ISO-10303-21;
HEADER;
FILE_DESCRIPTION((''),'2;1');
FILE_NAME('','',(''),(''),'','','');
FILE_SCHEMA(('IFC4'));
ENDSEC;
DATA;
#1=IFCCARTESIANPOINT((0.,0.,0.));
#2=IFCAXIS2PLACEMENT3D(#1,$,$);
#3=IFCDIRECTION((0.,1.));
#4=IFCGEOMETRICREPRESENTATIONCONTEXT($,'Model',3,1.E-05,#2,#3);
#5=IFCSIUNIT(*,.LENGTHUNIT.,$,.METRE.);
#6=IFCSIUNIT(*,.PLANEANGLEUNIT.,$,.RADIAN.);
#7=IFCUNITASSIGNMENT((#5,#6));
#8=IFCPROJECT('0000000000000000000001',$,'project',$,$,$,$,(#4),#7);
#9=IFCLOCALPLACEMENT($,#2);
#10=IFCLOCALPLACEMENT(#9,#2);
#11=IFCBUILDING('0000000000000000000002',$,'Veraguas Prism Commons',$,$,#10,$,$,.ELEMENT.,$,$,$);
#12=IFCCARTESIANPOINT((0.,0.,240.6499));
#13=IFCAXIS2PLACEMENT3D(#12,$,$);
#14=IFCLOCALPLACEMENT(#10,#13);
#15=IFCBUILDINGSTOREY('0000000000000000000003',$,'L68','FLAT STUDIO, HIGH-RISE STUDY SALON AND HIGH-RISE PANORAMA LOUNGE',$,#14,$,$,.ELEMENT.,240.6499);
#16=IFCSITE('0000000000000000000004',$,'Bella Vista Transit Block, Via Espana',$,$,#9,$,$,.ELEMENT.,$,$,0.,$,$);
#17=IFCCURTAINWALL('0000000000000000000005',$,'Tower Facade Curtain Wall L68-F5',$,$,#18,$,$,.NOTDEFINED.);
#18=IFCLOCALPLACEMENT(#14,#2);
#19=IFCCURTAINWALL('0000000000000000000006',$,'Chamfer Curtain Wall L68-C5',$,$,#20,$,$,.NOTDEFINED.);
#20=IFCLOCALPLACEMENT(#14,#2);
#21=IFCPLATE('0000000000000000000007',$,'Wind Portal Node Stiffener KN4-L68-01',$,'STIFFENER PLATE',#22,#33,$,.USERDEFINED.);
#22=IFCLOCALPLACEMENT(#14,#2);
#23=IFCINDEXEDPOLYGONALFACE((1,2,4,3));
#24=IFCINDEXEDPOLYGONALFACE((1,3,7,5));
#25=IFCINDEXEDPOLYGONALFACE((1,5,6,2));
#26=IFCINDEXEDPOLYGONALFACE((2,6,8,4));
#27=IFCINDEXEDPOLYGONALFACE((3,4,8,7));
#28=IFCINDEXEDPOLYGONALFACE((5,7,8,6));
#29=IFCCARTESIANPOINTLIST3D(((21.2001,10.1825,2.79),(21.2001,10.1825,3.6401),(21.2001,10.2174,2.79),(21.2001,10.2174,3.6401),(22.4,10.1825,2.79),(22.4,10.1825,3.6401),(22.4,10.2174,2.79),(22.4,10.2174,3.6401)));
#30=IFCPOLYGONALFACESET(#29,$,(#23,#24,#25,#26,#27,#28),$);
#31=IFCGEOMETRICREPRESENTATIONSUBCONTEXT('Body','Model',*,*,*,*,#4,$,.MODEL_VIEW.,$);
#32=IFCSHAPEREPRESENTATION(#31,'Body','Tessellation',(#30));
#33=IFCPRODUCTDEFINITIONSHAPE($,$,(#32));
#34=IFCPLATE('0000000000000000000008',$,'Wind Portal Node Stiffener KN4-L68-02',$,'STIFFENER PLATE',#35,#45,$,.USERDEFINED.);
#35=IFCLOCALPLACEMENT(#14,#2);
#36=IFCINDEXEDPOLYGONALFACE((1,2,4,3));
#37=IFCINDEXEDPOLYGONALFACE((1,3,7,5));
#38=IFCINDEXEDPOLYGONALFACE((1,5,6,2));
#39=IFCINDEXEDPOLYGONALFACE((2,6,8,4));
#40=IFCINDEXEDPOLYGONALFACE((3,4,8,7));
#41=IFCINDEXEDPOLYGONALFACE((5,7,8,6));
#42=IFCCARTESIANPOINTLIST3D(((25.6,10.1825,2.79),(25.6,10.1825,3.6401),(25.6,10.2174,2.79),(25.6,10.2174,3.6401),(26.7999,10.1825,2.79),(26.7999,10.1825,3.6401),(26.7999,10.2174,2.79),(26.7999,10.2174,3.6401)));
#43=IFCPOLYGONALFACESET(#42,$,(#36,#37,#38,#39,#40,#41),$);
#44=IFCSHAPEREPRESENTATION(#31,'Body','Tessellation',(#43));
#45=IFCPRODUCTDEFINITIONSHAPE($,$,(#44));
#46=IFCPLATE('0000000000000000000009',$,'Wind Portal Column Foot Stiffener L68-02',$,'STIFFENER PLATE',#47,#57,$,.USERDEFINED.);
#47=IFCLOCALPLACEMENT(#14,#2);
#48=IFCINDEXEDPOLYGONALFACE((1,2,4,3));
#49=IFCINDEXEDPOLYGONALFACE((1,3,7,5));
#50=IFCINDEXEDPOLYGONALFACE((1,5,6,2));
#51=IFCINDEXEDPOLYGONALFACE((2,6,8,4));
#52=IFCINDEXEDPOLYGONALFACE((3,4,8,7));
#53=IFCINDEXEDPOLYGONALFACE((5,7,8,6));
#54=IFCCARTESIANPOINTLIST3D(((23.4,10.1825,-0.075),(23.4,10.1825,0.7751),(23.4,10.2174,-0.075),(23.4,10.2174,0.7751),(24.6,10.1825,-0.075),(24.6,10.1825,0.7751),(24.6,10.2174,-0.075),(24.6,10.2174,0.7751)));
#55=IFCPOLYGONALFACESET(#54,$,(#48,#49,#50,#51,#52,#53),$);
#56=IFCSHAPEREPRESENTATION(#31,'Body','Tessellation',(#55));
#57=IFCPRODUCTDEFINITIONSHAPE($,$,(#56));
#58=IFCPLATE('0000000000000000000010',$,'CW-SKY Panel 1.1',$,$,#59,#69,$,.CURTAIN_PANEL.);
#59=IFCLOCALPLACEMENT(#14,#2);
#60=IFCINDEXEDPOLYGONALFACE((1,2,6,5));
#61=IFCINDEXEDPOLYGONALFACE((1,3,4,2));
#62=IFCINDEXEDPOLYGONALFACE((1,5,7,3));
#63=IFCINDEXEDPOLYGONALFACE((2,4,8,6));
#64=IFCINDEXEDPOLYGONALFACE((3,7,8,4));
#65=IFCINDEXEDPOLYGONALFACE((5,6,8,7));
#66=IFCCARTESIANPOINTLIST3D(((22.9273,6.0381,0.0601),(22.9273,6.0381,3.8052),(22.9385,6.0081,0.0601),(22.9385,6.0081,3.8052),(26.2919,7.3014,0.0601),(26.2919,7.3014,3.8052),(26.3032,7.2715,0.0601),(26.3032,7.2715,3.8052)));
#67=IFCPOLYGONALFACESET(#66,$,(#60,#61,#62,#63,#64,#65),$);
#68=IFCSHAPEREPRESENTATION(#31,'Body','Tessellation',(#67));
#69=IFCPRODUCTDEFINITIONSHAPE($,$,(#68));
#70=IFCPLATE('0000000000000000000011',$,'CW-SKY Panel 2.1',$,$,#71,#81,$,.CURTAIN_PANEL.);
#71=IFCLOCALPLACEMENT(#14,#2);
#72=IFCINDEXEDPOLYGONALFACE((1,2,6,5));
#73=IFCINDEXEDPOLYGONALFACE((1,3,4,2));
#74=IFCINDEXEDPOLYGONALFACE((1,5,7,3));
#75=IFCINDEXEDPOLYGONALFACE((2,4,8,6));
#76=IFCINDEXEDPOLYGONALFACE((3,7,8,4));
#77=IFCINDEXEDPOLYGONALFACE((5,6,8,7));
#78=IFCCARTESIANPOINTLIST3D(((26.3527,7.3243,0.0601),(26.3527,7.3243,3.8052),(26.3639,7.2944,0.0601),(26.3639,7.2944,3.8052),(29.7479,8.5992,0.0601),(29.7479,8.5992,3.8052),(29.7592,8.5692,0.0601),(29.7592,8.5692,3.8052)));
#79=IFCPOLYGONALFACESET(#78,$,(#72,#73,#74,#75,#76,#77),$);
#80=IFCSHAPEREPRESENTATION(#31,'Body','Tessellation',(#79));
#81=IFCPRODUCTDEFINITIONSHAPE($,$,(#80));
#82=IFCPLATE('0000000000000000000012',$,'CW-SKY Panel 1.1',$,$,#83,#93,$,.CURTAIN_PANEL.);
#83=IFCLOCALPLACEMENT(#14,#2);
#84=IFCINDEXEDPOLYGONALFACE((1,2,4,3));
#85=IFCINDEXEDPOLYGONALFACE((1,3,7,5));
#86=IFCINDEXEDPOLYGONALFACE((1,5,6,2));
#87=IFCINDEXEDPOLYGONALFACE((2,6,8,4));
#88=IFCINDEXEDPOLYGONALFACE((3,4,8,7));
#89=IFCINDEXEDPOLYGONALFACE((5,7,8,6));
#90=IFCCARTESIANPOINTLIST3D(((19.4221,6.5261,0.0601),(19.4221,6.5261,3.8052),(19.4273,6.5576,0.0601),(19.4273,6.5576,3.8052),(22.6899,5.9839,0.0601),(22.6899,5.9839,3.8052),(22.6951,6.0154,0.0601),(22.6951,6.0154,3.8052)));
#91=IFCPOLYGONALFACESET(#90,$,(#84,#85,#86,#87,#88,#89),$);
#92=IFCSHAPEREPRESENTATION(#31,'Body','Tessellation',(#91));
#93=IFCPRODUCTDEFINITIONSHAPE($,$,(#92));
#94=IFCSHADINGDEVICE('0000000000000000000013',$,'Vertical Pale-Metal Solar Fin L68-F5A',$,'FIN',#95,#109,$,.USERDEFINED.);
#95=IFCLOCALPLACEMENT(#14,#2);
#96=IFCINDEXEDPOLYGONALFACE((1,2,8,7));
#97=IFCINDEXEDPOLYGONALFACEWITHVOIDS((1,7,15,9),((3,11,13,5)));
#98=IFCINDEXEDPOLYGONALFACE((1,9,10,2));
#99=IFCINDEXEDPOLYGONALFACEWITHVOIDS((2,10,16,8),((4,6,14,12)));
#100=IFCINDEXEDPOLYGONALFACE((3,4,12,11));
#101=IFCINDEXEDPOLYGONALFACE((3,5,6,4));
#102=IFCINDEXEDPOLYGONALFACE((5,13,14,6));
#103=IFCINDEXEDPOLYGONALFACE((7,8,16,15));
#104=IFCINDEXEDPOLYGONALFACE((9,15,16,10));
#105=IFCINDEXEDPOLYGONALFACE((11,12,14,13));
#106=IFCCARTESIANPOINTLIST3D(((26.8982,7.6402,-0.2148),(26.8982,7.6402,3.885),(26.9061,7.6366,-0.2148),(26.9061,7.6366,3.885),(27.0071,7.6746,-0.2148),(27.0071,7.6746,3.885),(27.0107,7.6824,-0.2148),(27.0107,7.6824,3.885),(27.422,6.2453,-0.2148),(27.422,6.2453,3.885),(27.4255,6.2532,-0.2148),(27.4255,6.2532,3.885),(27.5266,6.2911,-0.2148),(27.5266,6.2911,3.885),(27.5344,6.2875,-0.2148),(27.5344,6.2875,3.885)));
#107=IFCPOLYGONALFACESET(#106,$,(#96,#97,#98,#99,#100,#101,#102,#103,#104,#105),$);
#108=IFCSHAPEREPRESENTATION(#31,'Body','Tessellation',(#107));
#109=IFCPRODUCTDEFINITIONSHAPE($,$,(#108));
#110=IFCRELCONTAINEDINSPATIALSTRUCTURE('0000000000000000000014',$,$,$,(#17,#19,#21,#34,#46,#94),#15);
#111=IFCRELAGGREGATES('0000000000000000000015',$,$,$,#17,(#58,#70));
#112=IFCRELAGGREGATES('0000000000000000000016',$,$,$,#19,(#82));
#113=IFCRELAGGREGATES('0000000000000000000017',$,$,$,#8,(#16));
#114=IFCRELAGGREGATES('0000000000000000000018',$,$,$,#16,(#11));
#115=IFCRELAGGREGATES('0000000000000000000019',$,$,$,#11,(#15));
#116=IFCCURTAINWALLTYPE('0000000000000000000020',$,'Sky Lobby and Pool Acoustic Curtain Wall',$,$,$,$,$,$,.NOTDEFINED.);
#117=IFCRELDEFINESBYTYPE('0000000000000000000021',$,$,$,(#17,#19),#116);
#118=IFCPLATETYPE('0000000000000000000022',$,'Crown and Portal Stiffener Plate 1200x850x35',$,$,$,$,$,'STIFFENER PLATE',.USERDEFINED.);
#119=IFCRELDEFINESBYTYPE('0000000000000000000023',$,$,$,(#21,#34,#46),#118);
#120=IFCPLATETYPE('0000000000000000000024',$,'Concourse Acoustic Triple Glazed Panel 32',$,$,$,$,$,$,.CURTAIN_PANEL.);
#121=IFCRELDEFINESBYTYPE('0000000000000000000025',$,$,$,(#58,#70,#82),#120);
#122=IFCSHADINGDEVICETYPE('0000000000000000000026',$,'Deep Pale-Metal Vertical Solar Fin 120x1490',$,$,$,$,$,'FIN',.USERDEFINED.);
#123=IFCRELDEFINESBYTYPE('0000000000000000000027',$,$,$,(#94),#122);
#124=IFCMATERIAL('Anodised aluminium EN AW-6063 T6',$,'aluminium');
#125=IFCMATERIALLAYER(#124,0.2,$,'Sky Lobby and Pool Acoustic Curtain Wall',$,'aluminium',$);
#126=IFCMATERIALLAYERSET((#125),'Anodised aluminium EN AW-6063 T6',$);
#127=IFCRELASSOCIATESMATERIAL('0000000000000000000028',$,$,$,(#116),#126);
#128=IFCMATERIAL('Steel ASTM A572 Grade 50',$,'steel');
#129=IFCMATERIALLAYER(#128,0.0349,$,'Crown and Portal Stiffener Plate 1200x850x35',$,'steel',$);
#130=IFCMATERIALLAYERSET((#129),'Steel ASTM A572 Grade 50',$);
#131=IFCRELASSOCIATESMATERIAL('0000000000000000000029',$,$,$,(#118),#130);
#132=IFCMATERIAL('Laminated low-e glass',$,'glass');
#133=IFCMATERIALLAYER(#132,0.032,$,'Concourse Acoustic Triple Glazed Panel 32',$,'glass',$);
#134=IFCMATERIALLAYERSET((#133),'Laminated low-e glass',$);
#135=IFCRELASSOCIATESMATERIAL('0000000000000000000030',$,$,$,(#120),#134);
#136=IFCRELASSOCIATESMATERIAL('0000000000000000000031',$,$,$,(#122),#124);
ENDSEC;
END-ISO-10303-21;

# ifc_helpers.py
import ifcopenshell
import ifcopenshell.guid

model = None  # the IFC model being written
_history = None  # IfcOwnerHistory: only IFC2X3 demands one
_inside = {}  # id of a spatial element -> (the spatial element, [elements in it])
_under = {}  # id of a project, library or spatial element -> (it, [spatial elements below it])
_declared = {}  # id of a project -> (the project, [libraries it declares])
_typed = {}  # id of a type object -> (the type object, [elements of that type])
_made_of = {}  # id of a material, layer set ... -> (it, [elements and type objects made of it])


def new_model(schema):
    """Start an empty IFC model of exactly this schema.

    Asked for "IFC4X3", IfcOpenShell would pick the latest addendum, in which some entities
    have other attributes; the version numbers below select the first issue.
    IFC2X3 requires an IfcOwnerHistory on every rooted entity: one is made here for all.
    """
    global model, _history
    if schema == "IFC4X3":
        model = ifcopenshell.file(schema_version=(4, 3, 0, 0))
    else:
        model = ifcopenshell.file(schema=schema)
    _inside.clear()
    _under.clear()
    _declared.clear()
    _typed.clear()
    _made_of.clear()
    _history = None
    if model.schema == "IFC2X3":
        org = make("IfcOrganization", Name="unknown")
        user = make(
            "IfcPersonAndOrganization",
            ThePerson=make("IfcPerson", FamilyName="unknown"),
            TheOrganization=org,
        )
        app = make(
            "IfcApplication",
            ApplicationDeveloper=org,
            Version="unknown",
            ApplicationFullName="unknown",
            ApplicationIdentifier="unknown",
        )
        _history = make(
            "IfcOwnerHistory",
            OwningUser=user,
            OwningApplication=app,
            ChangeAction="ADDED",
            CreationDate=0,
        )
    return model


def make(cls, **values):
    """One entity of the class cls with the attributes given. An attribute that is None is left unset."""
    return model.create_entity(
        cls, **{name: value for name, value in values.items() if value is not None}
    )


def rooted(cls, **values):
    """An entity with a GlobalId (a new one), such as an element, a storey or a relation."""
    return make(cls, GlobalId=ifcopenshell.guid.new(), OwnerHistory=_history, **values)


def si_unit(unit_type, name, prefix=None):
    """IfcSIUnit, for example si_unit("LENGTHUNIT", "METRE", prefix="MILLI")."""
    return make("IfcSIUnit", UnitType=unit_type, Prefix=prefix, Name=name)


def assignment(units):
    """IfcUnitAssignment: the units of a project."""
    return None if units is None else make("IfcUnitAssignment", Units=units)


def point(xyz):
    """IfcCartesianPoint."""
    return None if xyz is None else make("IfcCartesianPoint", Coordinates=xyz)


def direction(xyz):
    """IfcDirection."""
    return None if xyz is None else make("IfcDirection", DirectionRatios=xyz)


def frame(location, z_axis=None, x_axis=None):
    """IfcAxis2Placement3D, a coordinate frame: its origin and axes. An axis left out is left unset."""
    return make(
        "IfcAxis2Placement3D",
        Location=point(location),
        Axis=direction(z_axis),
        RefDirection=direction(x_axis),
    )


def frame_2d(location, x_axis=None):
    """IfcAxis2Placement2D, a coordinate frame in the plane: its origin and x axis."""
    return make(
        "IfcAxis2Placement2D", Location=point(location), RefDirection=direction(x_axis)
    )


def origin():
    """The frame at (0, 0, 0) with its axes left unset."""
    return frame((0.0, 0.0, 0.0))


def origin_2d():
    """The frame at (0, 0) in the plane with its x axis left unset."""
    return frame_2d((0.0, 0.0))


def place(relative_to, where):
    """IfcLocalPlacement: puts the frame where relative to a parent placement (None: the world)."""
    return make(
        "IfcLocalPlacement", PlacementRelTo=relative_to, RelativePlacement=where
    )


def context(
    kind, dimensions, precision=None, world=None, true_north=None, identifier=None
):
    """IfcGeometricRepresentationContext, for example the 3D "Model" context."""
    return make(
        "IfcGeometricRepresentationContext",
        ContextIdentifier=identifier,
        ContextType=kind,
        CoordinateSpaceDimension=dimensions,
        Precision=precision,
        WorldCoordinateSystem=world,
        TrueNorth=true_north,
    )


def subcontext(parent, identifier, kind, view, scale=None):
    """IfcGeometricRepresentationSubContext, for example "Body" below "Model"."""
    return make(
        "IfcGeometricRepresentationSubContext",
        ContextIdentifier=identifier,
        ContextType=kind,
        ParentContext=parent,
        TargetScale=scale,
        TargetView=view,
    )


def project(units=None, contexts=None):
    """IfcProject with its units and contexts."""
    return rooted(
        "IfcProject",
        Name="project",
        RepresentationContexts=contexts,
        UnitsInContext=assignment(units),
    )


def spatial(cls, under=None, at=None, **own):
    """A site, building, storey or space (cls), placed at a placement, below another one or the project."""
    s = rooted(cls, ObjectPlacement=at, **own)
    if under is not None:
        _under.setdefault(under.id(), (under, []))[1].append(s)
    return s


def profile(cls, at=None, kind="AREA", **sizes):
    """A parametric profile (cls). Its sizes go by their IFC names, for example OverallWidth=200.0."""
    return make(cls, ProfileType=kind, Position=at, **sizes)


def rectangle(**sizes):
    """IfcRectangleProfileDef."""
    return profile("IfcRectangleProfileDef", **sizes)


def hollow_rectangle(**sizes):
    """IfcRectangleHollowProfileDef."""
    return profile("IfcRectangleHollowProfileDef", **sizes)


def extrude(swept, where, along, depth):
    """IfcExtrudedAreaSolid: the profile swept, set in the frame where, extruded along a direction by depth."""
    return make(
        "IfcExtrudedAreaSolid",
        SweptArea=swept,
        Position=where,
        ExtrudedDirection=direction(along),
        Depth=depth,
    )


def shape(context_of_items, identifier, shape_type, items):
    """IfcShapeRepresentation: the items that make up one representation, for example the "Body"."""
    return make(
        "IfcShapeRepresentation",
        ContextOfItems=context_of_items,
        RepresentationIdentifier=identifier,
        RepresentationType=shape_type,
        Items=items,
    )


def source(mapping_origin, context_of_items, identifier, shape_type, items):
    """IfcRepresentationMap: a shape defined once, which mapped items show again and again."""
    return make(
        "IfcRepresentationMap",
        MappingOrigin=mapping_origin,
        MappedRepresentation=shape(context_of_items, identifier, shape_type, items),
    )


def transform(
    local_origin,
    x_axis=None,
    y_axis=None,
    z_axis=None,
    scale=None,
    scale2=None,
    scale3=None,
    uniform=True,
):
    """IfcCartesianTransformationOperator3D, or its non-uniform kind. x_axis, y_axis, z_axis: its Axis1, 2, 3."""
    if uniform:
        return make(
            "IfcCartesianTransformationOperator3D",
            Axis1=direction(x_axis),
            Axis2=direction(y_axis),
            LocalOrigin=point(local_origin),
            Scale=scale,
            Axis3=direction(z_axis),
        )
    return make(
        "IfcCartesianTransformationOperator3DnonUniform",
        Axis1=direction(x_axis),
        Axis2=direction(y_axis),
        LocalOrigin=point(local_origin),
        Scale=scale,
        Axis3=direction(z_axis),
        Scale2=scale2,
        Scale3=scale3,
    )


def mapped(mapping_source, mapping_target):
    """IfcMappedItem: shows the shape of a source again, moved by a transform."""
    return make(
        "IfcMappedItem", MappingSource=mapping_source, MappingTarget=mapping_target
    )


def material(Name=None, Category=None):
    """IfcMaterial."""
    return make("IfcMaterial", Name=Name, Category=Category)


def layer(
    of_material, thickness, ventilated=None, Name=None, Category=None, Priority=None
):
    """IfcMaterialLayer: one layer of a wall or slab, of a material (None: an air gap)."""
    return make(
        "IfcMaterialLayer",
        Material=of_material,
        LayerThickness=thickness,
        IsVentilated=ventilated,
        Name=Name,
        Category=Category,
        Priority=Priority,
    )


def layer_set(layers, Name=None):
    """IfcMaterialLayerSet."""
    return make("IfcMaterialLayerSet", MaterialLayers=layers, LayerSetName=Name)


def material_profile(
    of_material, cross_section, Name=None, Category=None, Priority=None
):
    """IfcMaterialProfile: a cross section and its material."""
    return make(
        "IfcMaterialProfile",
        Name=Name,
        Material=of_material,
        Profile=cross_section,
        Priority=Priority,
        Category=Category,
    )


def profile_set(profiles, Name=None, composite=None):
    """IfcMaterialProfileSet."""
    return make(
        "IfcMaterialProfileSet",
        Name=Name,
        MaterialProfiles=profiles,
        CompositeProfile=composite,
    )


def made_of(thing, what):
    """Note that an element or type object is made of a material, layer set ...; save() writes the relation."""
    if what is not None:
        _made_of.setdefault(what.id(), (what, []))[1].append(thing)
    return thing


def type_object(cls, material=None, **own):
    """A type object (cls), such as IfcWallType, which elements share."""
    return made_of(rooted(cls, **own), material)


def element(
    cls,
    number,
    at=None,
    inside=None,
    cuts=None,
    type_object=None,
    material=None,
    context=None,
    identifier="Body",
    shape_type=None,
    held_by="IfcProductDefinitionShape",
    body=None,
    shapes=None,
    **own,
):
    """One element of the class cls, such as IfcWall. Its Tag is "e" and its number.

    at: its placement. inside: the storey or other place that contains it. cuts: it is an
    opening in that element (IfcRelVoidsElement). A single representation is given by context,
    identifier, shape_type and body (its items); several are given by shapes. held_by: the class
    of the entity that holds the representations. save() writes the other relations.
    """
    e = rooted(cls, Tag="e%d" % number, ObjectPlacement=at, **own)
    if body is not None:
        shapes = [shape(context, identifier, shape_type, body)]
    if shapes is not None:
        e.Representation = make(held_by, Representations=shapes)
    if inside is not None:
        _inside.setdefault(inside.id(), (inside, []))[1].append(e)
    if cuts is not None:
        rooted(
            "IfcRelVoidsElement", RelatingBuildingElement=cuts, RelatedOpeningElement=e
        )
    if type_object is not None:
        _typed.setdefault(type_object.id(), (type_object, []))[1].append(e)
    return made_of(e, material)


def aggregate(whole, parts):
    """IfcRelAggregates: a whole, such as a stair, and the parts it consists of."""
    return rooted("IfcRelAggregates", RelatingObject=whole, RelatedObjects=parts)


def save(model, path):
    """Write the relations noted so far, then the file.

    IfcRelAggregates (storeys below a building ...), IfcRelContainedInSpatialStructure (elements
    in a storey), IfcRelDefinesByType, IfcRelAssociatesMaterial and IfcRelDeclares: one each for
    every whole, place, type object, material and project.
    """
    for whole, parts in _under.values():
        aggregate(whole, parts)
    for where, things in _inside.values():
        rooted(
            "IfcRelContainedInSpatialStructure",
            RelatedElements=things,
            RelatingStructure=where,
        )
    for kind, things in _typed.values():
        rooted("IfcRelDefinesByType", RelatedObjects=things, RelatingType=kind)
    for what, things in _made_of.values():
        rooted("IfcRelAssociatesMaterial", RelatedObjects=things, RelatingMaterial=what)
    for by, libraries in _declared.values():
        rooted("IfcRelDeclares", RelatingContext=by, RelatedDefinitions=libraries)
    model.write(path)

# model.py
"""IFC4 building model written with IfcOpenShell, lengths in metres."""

from ifc_helpers import new_model, si_unit, direction, frame, origin, origin_2d, place, context, subcontext, project, spatial, rectangle, hollow_rectangle, extrude, source, transform, mapped, material, layer, layer_set, material_profile, profile_set, type_object, element, aggregate, save


model = new_model("IFC4")

# Units and contexts
model_context = context("Model", 3, precision=1e-05, world=origin(), true_north=direction((0.0, 1.0)))
body_context = subcontext(model_context, "Body", "Model", "MODEL_VIEW")
ifc_project = project(units=[si_unit("LENGTHUNIT", "METRE"), si_unit("PLANEANGLEUNIT", "RADIAN")], contexts=[model_context])

# Site, building, storey
site_placement = place(None, origin())
site = spatial("IfcSite", under=ifc_project, at=site_placement, Name="Bella Vista Transit Block, Via Espana", CompositionType="ELEMENT", RefElevation=0.0)
building_placement = place(site_placement, origin())
building = spatial("IfcBuilding", under=site, at=building_placement, Name="Veraguas Prism Commons", CompositionType="ELEMENT")
storey_placement = place(building_placement, frame((0.0, 0.0, 240.6499)))
storey = spatial("IfcBuildingStorey", under=building, at=storey_placement, Name="L68", Description="FLAT STUDIO, HIGH-RISE STUDY SALON AND HIGH-RISE PANORAMA LOUNGE", CompositionType="ELEMENT", Elevation=240.6499)

# Curtain wall
ifc_material_1 = material(Name="Anodised aluminium EN AW-6063 T6", Category="aluminium")
ifc_layer_1 = layer(ifc_material_1, 0.2, Name="Sky Lobby and Pool Acoustic Curtain Wall", Category="aluminium")
ifc_layer_set_1 = layer_set([ifc_layer_1], Name="Anodised aluminium EN AW-6063 T6")
curtain_wall_type = type_object("IfcCurtainWallType", Name="Sky Lobby and Pool Acoustic Curtain Wall", PredefinedType="NOTDEFINED", material=ifc_layer_set_1)
curtain_wall_1_placement = place(storey_placement, origin())
curtain_wall_1 = element("IfcCurtainWall", 1, at=curtain_wall_1_placement, inside=storey, type_object=curtain_wall_type, Name="Tower Facade Curtain Wall L68-F5", PredefinedType="NOTDEFINED")

# Curtain wall
curtain_wall_2_placement = place(storey_placement, origin())
curtain_wall_2 = element("IfcCurtainWall", 2, at=curtain_wall_2_placement, inside=storey, type_object=curtain_wall_type, Name="Chamfer Curtain Wall L68-C5", PredefinedType="NOTDEFINED")

# Plates
ifc_material_2 = material(Name="Steel ASTM A572 Grade 50", Category="steel")
ifc_layer_2 = layer(ifc_material_2, 0.0349, Name="Crown and Portal Stiffener Plate 1200x850x35", Category="steel")
ifc_layer_set_2 = layer_set([ifc_layer_2], Name="Steel ASTM A572 Grade 50")
plate_type_1 = type_object("IfcPlateType", Name="Crown and Portal Stiffener Plate 1200x850x35", ElementType="STIFFENER PLATE", PredefinedType="USERDEFINED", material=ifc_layer_set_2)
shared_shape_1 = source(origin(), body_context, "Body", "SweptSolid", [
    extrude(rectangle(XDim=1.2, YDim=0.0349, at=origin_2d()), origin(), (0.0, 0.0, 1.0), 0.8501),
])
for number, where, z_axis, x_axis, name in (
    (3, (21.8, 10.2, 2.79), (0.0, 0.0, 1.0), (1.0, 0.0, 0.0), "Wind Portal Node Stiffener KN4-L68-01"),
    (4, (26.2, 10.2, 2.79), (0.0, 0.0, 1.0), (1.0, 0.0, 0.0), "Wind Portal Node Stiffener KN4-L68-02"),
    (5, (24.0, 10.2, -0.075), (0.0, 0.0, 1.0), (1.0, 0.0, 0.0), "Wind Portal Column Foot Stiffener L68-02"),
):
    element("IfcPlate", number, at=place(storey_placement, frame(where, z_axis=z_axis, x_axis=x_axis)), inside=storey, type_object=plate_type_1, Name=name, ObjectType="STIFFENER PLATE", PredefinedType="USERDEFINED", context=body_context, shape_type="MappedRepresentation", body=[
        mapped(shared_shape_1, transform((0.0, 0.0, 0.0), scale=1.0)),
    ])

# Plates
ifc_material_3 = material(Name="Laminated low-e glass", Category="glass")
ifc_layer_3 = layer(ifc_material_3, 0.032, Name="Concourse Acoustic Triple Glazed Panel 32", Category="glass")
ifc_layer_set_3 = layer_set([ifc_layer_3], Name="Laminated low-e glass")
plate_type_2 = type_object("IfcPlateType", Name="Concourse Acoustic Triple Glazed Panel 32", PredefinedType="CURTAIN_PANEL", material=ifc_layer_set_3)
shared_shape_2 = source(origin(), body_context, "Body", "SweptSolid", [
    extrude(rectangle(XDim=3.594, YDim=0.032, at=origin_2d()), origin(), (0.0, 0.0, 1.0), 3.7451),
])
plate_1_placement = place(storey_placement, frame((24.6152, 6.6548, 0.0601), z_axis=(0.0, 0.0, 1.0), x_axis=(0.936182, 0.351515, 0.0)))
plate_1 = element("IfcPlate", 6, at=plate_1_placement, type_object=plate_type_2, Name="CW-SKY Panel 1.1", PredefinedType="CURTAIN_PANEL", context=body_context, shape_type="MappedRepresentation", body=[
    mapped(shared_shape_2, transform((0.0, 0.0, 0.0), scale=1.0)),
])
shared_shape_3 = source(origin(), body_context, "Body", "SweptSolid", [
    extrude(rectangle(XDim=3.6267, YDim=0.032, at=origin_2d()), origin(), (0.0, 0.0, 1.0), 3.7451),
])
plate_2_placement = place(storey_placement, frame((28.0559, 7.9468, 0.0601), z_axis=(0.0, 0.0, 1.0), x_axis=(0.936182, 0.351515, 0.0)))
plate_2 = element("IfcPlate", 7, at=plate_2_placement, type_object=plate_type_2, Name="CW-SKY Panel 2.1", PredefinedType="CURTAIN_PANEL", context=body_context, shape_type="MappedRepresentation", body=[
    mapped(shared_shape_3, transform((0.0, 0.0, 0.0), scale=1.0)),
])
aggregate(curtain_wall_1, [plate_1, plate_2])
shared_shape_4 = source(origin(), body_context, "Body", "SweptSolid", [
    extrude(rectangle(XDim=3.3125, YDim=0.032, at=origin_2d()), origin(), (0.0, 0.0, 1.0), 3.7451),
])
plate_3_placement = place(storey_placement, frame((21.0586, 6.2708, 0.0601), z_axis=(0.0, 0.0, 1.0), x_axis=(0.986511, -0.163693, 0.0)))
plate_3 = element("IfcPlate", 8, at=plate_3_placement, type_object=plate_type_2, Name="CW-SKY Panel 1.1", PredefinedType="CURTAIN_PANEL", context=body_context, shape_type="MappedRepresentation", body=[
    mapped(shared_shape_4, transform((0.0, 0.0, 0.0), scale=1.0)),
])
aggregate(curtain_wall_2, [plate_3])

# Shading device
ifc_material_profile_1 = material_profile(ifc_material_1, hollow_rectangle(XDim=0.1201, YDim=1.49, WallThickness=0.0061, at=origin_2d()), Name="FIN120X1490X6")
ifc_profile_set_1 = profile_set([ifc_material_profile_1], Name="Anodised aluminium EN AW-6063 T6")
shading_device_type = type_object("IfcShadingDeviceType", Name="Deep Pale-Metal Vertical Solar Fin 120x1490", ElementType="FIN", PredefinedType="USERDEFINED", material=ifc_profile_set_1)
shading_device_placement = place(storey_placement, frame((27.2163, 6.9639, -0.2148), z_axis=(0.0, 0.0, 1.0), x_axis=(0.936182, 0.351515, 0.0)))
element("IfcShadingDevice", 9, at=shading_device_placement, inside=storey, type_object=shading_device_type, Name="Vertical Pale-Metal Solar Fin L68-F5A", ObjectType="FIN", PredefinedType="USERDEFINED", context=body_context, shape_type="SweptSolid", body=[
    extrude(hollow_rectangle(XDim=0.1201, YDim=1.49, WallThickness=0.0061, at=origin_2d()), origin(), (0.0, 0.0, 1.0), 4.0999),
])

save(model, "model.ifc")
